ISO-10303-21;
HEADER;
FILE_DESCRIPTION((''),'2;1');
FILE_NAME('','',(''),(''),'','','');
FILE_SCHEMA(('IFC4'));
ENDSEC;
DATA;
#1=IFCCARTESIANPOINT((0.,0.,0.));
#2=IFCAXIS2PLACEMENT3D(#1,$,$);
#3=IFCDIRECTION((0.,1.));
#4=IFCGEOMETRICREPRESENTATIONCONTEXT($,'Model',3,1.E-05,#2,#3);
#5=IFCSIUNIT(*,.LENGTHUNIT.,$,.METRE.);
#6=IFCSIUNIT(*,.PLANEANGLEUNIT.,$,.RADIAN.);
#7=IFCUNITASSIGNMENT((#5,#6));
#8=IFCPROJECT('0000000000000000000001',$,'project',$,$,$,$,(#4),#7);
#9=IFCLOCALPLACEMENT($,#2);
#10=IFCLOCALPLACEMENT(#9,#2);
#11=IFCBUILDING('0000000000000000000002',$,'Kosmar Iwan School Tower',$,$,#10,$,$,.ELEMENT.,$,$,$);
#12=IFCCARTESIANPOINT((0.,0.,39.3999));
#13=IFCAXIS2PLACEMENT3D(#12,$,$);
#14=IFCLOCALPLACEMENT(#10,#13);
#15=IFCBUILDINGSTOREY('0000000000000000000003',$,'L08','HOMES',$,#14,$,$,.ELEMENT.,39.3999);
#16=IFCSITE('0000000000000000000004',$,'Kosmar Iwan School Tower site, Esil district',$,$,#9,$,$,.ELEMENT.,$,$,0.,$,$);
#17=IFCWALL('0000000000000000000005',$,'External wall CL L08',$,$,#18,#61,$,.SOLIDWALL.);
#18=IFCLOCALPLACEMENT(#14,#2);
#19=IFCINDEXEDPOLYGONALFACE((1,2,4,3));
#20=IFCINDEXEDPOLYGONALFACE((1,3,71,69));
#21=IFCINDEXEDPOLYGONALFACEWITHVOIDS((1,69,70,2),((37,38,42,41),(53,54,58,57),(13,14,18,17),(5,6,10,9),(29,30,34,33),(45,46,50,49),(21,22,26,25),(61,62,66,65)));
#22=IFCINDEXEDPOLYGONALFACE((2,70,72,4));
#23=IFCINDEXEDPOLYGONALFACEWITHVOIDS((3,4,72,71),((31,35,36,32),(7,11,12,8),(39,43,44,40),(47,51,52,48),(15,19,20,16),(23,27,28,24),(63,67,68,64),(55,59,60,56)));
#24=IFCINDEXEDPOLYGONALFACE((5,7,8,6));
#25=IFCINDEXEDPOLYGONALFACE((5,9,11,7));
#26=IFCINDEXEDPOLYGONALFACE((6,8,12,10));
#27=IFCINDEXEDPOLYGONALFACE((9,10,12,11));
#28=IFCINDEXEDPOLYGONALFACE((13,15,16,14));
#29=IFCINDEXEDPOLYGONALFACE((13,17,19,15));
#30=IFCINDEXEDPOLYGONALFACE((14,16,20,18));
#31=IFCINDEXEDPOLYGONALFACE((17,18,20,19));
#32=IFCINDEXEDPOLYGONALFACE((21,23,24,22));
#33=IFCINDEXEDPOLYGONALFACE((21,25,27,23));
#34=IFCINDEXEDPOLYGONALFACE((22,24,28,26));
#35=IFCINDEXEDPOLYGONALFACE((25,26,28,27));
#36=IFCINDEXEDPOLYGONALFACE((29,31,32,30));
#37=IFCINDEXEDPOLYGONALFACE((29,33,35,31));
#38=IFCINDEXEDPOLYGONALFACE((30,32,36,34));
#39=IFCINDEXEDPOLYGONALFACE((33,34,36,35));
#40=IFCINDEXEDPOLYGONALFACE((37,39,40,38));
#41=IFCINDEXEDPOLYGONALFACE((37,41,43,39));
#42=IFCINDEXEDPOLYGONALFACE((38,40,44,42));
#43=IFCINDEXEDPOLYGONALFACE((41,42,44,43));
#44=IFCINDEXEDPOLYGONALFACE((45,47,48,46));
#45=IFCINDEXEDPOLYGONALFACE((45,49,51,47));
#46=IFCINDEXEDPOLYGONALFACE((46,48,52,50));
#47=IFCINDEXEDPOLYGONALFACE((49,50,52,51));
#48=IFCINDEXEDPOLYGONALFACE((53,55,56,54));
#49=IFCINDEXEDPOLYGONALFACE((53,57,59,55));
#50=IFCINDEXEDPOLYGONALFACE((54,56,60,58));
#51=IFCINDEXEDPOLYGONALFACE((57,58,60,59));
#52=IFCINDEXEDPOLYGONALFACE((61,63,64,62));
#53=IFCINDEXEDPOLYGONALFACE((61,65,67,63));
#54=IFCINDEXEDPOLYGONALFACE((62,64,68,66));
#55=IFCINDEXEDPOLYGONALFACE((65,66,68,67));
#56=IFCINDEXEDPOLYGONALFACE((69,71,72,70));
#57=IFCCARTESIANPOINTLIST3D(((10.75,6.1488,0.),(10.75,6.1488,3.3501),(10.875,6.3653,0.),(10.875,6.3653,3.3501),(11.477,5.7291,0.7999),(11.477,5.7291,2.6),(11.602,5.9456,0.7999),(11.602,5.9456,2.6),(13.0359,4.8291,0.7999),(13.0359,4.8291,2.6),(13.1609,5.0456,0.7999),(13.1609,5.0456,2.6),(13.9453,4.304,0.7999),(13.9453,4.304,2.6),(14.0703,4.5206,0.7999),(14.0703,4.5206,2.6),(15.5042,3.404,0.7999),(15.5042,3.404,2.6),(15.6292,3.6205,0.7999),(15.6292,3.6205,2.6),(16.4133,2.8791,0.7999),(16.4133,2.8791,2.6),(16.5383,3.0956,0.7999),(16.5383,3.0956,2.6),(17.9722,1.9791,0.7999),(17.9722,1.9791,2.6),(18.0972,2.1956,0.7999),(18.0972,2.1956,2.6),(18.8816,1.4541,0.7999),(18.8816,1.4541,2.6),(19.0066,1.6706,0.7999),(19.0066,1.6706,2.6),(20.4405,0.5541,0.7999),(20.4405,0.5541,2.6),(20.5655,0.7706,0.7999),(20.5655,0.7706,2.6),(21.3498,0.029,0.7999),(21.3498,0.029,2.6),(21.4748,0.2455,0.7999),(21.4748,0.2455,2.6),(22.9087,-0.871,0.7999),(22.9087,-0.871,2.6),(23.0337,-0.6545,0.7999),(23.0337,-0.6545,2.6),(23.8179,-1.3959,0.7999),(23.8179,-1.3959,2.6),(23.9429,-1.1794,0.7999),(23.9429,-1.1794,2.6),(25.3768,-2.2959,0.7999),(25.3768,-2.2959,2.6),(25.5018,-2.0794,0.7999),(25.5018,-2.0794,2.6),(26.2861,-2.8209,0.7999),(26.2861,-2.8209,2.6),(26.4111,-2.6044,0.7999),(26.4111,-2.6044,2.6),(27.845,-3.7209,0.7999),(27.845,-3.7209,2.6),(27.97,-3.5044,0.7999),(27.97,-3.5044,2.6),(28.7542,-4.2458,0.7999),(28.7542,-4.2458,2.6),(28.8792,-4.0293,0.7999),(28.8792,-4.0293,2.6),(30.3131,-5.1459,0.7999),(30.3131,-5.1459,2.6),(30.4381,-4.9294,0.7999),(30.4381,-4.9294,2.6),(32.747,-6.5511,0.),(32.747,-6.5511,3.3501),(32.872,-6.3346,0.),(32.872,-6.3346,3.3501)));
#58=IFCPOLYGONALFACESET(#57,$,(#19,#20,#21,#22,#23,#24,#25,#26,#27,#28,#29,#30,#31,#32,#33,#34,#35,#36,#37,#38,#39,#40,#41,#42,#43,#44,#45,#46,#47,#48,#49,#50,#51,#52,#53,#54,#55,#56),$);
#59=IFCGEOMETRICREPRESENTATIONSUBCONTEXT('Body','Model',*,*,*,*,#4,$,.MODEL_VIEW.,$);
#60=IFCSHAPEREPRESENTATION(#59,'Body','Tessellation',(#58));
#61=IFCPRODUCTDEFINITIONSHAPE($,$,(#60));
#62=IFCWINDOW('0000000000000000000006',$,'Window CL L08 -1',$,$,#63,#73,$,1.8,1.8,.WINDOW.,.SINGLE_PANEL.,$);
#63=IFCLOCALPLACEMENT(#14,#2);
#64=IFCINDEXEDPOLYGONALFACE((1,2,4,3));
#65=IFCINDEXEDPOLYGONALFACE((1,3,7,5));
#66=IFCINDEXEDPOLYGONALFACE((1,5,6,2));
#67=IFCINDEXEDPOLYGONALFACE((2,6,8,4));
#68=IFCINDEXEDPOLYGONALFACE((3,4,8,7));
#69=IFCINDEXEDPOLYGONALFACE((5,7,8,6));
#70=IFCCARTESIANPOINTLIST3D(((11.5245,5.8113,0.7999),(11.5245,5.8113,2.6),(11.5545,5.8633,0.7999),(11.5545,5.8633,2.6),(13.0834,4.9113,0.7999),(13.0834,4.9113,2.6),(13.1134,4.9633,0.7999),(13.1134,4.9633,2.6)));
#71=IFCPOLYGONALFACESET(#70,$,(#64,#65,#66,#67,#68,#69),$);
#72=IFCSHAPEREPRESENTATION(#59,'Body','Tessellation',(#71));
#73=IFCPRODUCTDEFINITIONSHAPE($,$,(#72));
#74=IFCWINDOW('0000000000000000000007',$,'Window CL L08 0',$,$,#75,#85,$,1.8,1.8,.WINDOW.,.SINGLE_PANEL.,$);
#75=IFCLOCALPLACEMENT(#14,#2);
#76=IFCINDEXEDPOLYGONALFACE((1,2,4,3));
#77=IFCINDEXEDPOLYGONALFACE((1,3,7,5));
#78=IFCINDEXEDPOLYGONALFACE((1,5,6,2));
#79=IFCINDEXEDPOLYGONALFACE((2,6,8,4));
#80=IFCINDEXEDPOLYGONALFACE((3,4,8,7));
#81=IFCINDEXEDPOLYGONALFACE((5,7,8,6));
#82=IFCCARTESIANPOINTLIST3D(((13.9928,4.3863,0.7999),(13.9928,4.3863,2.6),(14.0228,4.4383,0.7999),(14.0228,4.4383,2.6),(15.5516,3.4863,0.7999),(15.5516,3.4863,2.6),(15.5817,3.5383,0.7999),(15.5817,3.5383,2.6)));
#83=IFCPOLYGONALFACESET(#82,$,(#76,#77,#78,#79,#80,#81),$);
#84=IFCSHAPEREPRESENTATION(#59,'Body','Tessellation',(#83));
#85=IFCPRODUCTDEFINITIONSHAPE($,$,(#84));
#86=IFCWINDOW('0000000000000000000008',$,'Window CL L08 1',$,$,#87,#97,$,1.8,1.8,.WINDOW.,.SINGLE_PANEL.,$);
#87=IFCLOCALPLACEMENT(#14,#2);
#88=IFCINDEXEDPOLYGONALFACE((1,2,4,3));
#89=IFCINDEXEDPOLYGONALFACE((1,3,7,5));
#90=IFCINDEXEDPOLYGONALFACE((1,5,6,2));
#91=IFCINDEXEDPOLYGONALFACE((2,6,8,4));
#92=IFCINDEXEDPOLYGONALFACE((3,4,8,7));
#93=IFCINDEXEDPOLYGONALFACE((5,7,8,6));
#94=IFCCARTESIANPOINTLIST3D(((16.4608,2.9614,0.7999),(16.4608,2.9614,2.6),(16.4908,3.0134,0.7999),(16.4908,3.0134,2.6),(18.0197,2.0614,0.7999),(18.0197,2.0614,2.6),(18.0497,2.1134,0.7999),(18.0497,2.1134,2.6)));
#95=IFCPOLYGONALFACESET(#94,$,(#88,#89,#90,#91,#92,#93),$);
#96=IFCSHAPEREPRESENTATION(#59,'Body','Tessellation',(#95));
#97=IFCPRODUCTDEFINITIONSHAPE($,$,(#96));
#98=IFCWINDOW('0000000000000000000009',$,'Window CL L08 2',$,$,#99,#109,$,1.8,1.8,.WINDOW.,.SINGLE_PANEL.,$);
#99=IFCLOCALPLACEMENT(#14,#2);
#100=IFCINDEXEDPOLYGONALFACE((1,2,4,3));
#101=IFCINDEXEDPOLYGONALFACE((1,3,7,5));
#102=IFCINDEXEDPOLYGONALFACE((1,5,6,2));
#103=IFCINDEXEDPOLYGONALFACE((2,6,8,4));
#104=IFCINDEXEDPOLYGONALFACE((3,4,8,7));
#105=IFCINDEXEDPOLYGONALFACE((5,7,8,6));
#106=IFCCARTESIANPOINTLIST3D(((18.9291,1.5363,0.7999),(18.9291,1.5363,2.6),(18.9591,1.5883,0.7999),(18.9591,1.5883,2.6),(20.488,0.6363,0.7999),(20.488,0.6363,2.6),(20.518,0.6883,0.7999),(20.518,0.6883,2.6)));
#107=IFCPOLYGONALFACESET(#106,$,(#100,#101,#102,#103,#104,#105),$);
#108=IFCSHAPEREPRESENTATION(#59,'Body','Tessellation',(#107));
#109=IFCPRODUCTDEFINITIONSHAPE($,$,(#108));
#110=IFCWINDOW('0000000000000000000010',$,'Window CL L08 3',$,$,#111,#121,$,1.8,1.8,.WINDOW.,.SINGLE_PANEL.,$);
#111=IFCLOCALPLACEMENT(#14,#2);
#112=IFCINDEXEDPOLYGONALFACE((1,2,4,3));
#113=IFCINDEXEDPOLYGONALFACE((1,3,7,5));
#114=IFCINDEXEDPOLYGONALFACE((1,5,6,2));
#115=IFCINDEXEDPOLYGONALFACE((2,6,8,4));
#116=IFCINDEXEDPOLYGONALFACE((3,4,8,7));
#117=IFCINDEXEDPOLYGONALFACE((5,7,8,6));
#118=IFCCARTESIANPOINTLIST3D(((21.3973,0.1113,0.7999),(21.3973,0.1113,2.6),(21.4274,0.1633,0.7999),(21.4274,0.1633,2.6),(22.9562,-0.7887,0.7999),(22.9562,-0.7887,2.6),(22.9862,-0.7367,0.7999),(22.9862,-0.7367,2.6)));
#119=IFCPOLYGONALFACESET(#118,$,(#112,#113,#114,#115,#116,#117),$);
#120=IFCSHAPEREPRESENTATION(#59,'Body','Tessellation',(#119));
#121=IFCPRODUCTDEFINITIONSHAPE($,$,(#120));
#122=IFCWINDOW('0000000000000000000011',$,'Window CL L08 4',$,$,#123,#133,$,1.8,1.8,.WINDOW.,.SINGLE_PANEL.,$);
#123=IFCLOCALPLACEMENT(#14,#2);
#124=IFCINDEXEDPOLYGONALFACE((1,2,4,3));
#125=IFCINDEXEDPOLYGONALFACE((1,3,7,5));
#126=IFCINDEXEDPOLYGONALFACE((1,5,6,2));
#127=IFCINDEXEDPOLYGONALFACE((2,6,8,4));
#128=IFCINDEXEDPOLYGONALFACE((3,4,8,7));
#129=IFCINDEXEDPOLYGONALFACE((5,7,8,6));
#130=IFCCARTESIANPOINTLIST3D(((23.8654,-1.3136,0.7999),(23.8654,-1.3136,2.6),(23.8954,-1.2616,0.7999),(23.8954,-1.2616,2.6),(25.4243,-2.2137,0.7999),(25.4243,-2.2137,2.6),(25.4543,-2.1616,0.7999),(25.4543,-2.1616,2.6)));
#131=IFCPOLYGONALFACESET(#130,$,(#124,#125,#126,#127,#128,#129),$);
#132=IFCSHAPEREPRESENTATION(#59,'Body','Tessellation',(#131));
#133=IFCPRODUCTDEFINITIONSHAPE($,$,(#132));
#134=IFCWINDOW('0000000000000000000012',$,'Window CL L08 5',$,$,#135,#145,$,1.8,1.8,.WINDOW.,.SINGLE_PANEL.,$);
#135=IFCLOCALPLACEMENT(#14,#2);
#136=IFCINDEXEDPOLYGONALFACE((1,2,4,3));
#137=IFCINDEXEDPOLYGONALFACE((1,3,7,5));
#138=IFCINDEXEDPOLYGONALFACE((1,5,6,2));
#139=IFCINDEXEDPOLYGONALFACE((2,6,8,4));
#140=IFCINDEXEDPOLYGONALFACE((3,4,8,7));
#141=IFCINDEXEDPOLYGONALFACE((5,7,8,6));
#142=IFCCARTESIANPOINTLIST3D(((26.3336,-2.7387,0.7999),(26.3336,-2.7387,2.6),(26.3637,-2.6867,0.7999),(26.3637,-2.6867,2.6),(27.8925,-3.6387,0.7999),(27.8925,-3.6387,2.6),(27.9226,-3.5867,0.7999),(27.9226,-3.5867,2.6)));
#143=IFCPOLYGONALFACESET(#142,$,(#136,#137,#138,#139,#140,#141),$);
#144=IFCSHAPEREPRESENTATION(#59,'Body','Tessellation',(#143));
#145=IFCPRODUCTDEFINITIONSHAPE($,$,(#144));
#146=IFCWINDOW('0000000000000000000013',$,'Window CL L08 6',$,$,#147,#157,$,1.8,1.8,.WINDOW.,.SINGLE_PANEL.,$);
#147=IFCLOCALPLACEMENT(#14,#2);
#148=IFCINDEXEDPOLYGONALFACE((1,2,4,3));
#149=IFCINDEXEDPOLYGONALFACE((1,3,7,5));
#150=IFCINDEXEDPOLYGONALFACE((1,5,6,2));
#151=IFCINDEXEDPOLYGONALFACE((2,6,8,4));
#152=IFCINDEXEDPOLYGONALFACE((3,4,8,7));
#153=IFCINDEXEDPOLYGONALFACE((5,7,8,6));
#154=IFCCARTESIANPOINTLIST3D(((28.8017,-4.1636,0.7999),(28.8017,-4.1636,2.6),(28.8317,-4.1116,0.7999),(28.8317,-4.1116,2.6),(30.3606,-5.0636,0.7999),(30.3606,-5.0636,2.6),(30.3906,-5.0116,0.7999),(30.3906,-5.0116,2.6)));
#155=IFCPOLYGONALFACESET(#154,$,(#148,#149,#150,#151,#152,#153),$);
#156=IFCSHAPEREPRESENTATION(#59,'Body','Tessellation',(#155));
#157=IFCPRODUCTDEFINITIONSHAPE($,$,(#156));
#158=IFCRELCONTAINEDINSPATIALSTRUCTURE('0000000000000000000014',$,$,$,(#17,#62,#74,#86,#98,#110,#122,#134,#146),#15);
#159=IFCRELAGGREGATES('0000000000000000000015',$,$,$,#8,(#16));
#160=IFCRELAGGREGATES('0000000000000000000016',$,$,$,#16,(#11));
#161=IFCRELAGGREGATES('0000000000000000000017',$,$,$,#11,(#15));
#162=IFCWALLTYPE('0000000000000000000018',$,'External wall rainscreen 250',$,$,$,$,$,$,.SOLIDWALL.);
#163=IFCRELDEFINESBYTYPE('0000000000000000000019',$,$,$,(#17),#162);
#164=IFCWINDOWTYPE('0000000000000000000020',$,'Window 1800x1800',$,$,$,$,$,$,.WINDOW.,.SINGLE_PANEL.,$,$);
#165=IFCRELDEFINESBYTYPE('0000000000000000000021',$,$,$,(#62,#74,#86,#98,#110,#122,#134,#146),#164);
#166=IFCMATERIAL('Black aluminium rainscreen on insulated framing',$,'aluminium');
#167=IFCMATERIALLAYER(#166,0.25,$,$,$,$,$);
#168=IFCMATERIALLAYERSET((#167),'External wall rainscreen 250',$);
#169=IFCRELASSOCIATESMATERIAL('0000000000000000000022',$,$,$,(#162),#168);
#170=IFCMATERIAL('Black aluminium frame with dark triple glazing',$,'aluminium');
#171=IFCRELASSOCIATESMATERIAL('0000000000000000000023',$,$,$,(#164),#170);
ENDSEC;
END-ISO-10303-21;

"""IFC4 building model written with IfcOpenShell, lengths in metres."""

from ifc_helpers import new_model, si_unit, direction, frame, frame_2d, origin, place, context, subcontext, project, spatial, rectangle, extrude, material, layer, layer_set, type_object, element, fill, save


model = new_model("IFC4")

# Units and contexts
model_context = context("Model", 3, precision=1e-05, world=origin(), true_north=direction((0.0, 1.0)))
body_context = subcontext(model_context, "Body", "Model", "MODEL_VIEW")
ifc_project = project(units=[si_unit("LENGTHUNIT", "METRE"), si_unit("PLANEANGLEUNIT", "RADIAN")], contexts=[model_context])

# Site, building, storey
site_placement = place(None, origin())
site = spatial("IfcSite", under=ifc_project, at=site_placement, Name="Kosmar Iwan School Tower site, Esil district", CompositionType="ELEMENT", RefElevation=0.0)
building_placement = place(site_placement, origin())
building = spatial("IfcBuilding", under=site, at=building_placement, Name="Kosmar Iwan School Tower", CompositionType="ELEMENT")
storey_placement = place(building_placement, frame((0.0, 0.0, 39.3999)))
storey = spatial("IfcBuildingStorey", under=building, at=storey_placement, Name="L08", Description="HOMES", CompositionType="ELEMENT", Elevation=39.3999)

# Wall, openings, windows
ifc_material_1 = material(Name="Black aluminium rainscreen on insulated framing", Category="aluminium")
ifc_layer = layer(ifc_material_1, 0.25)
ifc_layer_set = layer_set([ifc_layer], Name="External wall rainscreen 250")
wall_type = type_object("IfcWallType", Name="External wall rainscreen 250", PredefinedType="SOLIDWALL", material=ifc_layer_set)
wall_1_placement = place(storey_placement, frame((10.8125, 6.2571, 0.0), z_axis=(0.0, 0.0, 1.0), x_axis=(0.866026, -0.499998, 0.0)))
wall_1 = element("IfcWall", 1, at=wall_1_placement, inside=storey, type_object=wall_type, Name="External wall CL L08", PredefinedType="SOLIDWALL", context=body_context, shape_type="SweptSolid", body=[
    extrude(rectangle(XDim=25.3999, YDim=0.25, at=frame_2d((12.7, 0.0))), origin(), (0.0, 0.0, 1.0), 3.3501),
])
opening_1_placement = place(wall_1_placement, frame((0.8396, 0.0, 0.8)))
opening_1 = element("IfcOpeningElement", 2, at=opening_1_placement, cuts=wall_1, PredefinedType="OPENING", context=body_context, shape_type="SweptSolid", body=[
    extrude(rectangle(XDim=1.8, YDim=1.8, at=frame_2d((0.8999, 0.8999))), frame((0.0, 0.137, 0.0), z_axis=(0.0, -1.0, 0.0), x_axis=(1.0, 0.0, 0.0)), (0.0, 0.0, 1.0), 0.2739),
])
opening_2_placement = place(wall_1_placement, frame((3.6897, 0.0, 0.8)))
opening_2 = element("IfcOpeningElement", 3, at=opening_2_placement, cuts=wall_1, PredefinedType="OPENING", context=body_context, shape_type="SweptSolid", body=[
    extrude(rectangle(XDim=1.8, YDim=1.8, at=frame_2d((0.8999, 0.8999))), frame((0.0, 0.137, 0.0), z_axis=(0.0, -1.0, 0.0), x_axis=(1.0, 0.0, 0.0)), (0.0, 0.0, 1.0), 0.2739),
])
opening_3_placement = place(wall_1_placement, frame((6.5396, 0.0, 0.8)))
opening_3 = element("IfcOpeningElement", 4, at=opening_3_placement, cuts=wall_1, PredefinedType="OPENING", context=body_context, shape_type="SweptSolid", body=[
    extrude(rectangle(XDim=1.8, YDim=1.8, at=frame_2d((0.8999, 0.8999))), frame((0.0, 0.137, 0.0), z_axis=(0.0, -1.0, 0.0), x_axis=(1.0, 0.0, 0.0)), (0.0, 0.0, 1.0), 0.2739),
])
opening_4_placement = place(wall_1_placement, frame((9.3896, 0.0, 0.8)))
opening_4 = element("IfcOpeningElement", 5, at=opening_4_placement, cuts=wall_1, PredefinedType="OPENING", context=body_context, shape_type="SweptSolid", body=[
    extrude(rectangle(XDim=1.8, YDim=1.8, at=frame_2d((0.8999, 0.8999))), frame((0.0, 0.137, 0.0), z_axis=(0.0, -1.0, 0.0), x_axis=(1.0, 0.0, 0.0)), (0.0, 0.0, 1.0), 0.2739),
])
opening_5_placement = place(wall_1_placement, frame((12.2397, 0.0, 0.8)))
opening_5 = element("IfcOpeningElement", 6, at=opening_5_placement, cuts=wall_1, PredefinedType="OPENING", context=body_context, shape_type="SweptSolid", body=[
    extrude(rectangle(XDim=1.8, YDim=1.8, at=frame_2d((0.8999, 0.8999))), frame((0.0, 0.137, 0.0), z_axis=(0.0, -1.0, 0.0), x_axis=(1.0, 0.0, 0.0)), (0.0, 0.0, 1.0), 0.2739),
])
opening_6_placement = place(wall_1_placement, frame((15.0896, 0.0, 0.8)))
opening_6 = element("IfcOpeningElement", 7, at=opening_6_placement, cuts=wall_1, PredefinedType="OPENING", context=body_context, shape_type="SweptSolid", body=[
    extrude(rectangle(XDim=1.8, YDim=1.8, at=frame_2d((0.8999, 0.8999))), frame((0.0, 0.137, 0.0), z_axis=(0.0, -1.0, 0.0), x_axis=(1.0, 0.0, 0.0)), (0.0, 0.0, 1.0), 0.2739),
])
opening_7_placement = place(wall_1_placement, frame((17.9397, 0.0, 0.8)))
opening_7 = element("IfcOpeningElement", 8, at=opening_7_placement, cuts=wall_1, PredefinedType="OPENING", context=body_context, shape_type="SweptSolid", body=[
    extrude(rectangle(XDim=1.8, YDim=1.8, at=frame_2d((0.8999, 0.8999))), frame((0.0, 0.137, 0.0), z_axis=(0.0, -1.0, 0.0), x_axis=(1.0, 0.0, 0.0)), (0.0, 0.0, 1.0), 0.2739),
])
opening_8_placement = place(wall_1_placement, frame((20.7896, 0.0, 0.8)))
opening_8 = element("IfcOpeningElement", 9, at=opening_8_placement, cuts=wall_1, PredefinedType="OPENING", context=body_context, shape_type="SweptSolid", body=[
    extrude(rectangle(XDim=1.8, YDim=1.8, at=frame_2d((0.8999, 0.8999))), frame((0.0, 0.137, 0.0), z_axis=(0.0, -1.0, 0.0), x_axis=(1.0, 0.0, 0.0)), (0.0, 0.0, 1.0), 0.2739),
])
ifc_material_2 = material(Name="Black aluminium frame with dark triple glazing", Category="aluminium")
window_type = type_object("IfcWindowType", Name="Window 1800x1800", PartitioningType="SINGLE_PANEL", PredefinedType="WINDOW", material=ifc_material_2)
window_1_placement = place(opening_1_placement, origin())
window_1 = element("IfcWindow", 10, at=window_1_placement, inside=storey, type_object=window_type, Name="Window CL L08 -1", OverallHeight=1.8, OverallWidth=1.8, PartitioningType="SINGLE_PANEL", PredefinedType="WINDOW", context=body_context, shape_type="SweptSolid", body=[
    extrude(rectangle(XDim=1.8, YDim=1.8, at=frame_2d((0.8999, 0.8999))), frame((0.0, 0.03, 0.0), z_axis=(0.0, -1.0, 0.0), x_axis=(1.0, 0.0, 0.0)), (0.0, 0.0, 1.0), 0.0601),
])
fill(opening_1, window_1)
window_2_placement = place(opening_2_placement, origin())
window_2 = element("IfcWindow", 11, at=window_2_placement, inside=storey, type_object=window_type, Name="Window CL L08 0", OverallHeight=1.8, OverallWidth=1.8, PartitioningType="SINGLE_PANEL", PredefinedType="WINDOW", context=body_context, shape_type="SweptSolid", body=[
    extrude(rectangle(XDim=1.8, YDim=1.8, at=frame_2d((0.8999, 0.8999))), frame((0.0, 0.03, 0.0), z_axis=(0.0, -1.0, 0.0), x_axis=(1.0, 0.0, 0.0)), (0.0, 0.0, 1.0), 0.0601),
])
fill(opening_2, window_2)
window_3_placement = place(opening_3_placement, origin())
window_3 = element("IfcWindow", 12, at=window_3_placement, inside=storey, type_object=window_type, Name="Window CL L08 1", OverallHeight=1.8, OverallWidth=1.8, PartitioningType="SINGLE_PANEL", PredefinedType="WINDOW", context=body_context, shape_type="SweptSolid", body=[
    extrude(rectangle(XDim=1.8, YDim=1.8, at=frame_2d((0.8999, 0.8999))), frame((0.0, 0.03, 0.0), z_axis=(0.0, -1.0, 0.0), x_axis=(1.0, 0.0, 0.0)), (0.0, 0.0, 1.0), 0.0601),
])
fill(opening_3, window_3)
window_4_placement = place(opening_4_placement, origin())
window_4 = element("IfcWindow", 13, at=window_4_placement, inside=storey, type_object=window_type, Name="Window CL L08 2", OverallHeight=1.8, OverallWidth=1.8, PartitioningType="SINGLE_PANEL", PredefinedType="WINDOW", context=body_context, shape_type="SweptSolid", body=[
    extrude(rectangle(XDim=1.8, YDim=1.8, at=frame_2d((0.8999, 0.8999))), frame((0.0, 0.03, 0.0), z_axis=(0.0, -1.0, 0.0), x_axis=(1.0, 0.0, 0.0)), (0.0, 0.0, 1.0), 0.0601),
])
fill(opening_4, window_4)
window_5_placement = place(opening_5_placement, origin())
window_5 = element("IfcWindow", 14, at=window_5_placement, inside=storey, type_object=window_type, Name="Window CL L08 3", OverallHeight=1.8, OverallWidth=1.8, PartitioningType="SINGLE_PANEL", PredefinedType="WINDOW", context=body_context, shape_type="SweptSolid", body=[
    extrude(rectangle(XDim=1.8, YDim=1.8, at=frame_2d((0.8999, 0.8999))), frame((0.0, 0.03, 0.0), z_axis=(0.0, -1.0, 0.0), x_axis=(1.0, 0.0, 0.0)), (0.0, 0.0, 1.0), 0.0601),
])
fill(opening_5, window_5)
window_6_placement = place(opening_6_placement, origin())
window_6 = element("IfcWindow", 15, at=window_6_placement, inside=storey, type_object=window_type, Name="Window CL L08 4", OverallHeight=1.8, OverallWidth=1.8, PartitioningType="SINGLE_PANEL", PredefinedType="WINDOW", context=body_context, shape_type="SweptSolid", body=[
    extrude(rectangle(XDim=1.8, YDim=1.8, at=frame_2d((0.8999, 0.8999))), frame((0.0, 0.03, 0.0), z_axis=(0.0, -1.0, 0.0), x_axis=(1.0, 0.0, 0.0)), (0.0, 0.0, 1.0), 0.0601),
])
fill(opening_6, window_6)
window_7_placement = place(opening_7_placement, origin())
window_7 = element("IfcWindow", 16, at=window_7_placement, inside=storey, type_object=window_type, Name="Window CL L08 5", OverallHeight=1.8, OverallWidth=1.8, PartitioningType="SINGLE_PANEL", PredefinedType="WINDOW", context=body_context, shape_type="SweptSolid", body=[
    extrude(rectangle(XDim=1.8, YDim=1.8, at=frame_2d((0.8999, 0.8999))), frame((0.0, 0.03, 0.0), z_axis=(0.0, -1.0, 0.0), x_axis=(1.0, 0.0, 0.0)), (0.0, 0.0, 1.0), 0.0601),
])
fill(opening_7, window_7)
window_8_placement = place(opening_8_placement, origin())
window_8 = element("IfcWindow", 17, at=window_8_placement, inside=storey, type_object=window_type, Name="Window CL L08 6", OverallHeight=1.8, OverallWidth=1.8, PartitioningType="SINGLE_PANEL", PredefinedType="WINDOW", context=body_context, shape_type="SweptSolid", body=[
    extrude(rectangle(XDim=1.8, YDim=1.8, at=frame_2d((0.8999, 0.8999))), frame((0.0, 0.03, 0.0), z_axis=(0.0, -1.0, 0.0), x_axis=(1.0, 0.0, 0.0)), (0.0, 0.0, 1.0), 0.0601),
])
fill(opening_8, window_8)

save(model, "model.ifc")
